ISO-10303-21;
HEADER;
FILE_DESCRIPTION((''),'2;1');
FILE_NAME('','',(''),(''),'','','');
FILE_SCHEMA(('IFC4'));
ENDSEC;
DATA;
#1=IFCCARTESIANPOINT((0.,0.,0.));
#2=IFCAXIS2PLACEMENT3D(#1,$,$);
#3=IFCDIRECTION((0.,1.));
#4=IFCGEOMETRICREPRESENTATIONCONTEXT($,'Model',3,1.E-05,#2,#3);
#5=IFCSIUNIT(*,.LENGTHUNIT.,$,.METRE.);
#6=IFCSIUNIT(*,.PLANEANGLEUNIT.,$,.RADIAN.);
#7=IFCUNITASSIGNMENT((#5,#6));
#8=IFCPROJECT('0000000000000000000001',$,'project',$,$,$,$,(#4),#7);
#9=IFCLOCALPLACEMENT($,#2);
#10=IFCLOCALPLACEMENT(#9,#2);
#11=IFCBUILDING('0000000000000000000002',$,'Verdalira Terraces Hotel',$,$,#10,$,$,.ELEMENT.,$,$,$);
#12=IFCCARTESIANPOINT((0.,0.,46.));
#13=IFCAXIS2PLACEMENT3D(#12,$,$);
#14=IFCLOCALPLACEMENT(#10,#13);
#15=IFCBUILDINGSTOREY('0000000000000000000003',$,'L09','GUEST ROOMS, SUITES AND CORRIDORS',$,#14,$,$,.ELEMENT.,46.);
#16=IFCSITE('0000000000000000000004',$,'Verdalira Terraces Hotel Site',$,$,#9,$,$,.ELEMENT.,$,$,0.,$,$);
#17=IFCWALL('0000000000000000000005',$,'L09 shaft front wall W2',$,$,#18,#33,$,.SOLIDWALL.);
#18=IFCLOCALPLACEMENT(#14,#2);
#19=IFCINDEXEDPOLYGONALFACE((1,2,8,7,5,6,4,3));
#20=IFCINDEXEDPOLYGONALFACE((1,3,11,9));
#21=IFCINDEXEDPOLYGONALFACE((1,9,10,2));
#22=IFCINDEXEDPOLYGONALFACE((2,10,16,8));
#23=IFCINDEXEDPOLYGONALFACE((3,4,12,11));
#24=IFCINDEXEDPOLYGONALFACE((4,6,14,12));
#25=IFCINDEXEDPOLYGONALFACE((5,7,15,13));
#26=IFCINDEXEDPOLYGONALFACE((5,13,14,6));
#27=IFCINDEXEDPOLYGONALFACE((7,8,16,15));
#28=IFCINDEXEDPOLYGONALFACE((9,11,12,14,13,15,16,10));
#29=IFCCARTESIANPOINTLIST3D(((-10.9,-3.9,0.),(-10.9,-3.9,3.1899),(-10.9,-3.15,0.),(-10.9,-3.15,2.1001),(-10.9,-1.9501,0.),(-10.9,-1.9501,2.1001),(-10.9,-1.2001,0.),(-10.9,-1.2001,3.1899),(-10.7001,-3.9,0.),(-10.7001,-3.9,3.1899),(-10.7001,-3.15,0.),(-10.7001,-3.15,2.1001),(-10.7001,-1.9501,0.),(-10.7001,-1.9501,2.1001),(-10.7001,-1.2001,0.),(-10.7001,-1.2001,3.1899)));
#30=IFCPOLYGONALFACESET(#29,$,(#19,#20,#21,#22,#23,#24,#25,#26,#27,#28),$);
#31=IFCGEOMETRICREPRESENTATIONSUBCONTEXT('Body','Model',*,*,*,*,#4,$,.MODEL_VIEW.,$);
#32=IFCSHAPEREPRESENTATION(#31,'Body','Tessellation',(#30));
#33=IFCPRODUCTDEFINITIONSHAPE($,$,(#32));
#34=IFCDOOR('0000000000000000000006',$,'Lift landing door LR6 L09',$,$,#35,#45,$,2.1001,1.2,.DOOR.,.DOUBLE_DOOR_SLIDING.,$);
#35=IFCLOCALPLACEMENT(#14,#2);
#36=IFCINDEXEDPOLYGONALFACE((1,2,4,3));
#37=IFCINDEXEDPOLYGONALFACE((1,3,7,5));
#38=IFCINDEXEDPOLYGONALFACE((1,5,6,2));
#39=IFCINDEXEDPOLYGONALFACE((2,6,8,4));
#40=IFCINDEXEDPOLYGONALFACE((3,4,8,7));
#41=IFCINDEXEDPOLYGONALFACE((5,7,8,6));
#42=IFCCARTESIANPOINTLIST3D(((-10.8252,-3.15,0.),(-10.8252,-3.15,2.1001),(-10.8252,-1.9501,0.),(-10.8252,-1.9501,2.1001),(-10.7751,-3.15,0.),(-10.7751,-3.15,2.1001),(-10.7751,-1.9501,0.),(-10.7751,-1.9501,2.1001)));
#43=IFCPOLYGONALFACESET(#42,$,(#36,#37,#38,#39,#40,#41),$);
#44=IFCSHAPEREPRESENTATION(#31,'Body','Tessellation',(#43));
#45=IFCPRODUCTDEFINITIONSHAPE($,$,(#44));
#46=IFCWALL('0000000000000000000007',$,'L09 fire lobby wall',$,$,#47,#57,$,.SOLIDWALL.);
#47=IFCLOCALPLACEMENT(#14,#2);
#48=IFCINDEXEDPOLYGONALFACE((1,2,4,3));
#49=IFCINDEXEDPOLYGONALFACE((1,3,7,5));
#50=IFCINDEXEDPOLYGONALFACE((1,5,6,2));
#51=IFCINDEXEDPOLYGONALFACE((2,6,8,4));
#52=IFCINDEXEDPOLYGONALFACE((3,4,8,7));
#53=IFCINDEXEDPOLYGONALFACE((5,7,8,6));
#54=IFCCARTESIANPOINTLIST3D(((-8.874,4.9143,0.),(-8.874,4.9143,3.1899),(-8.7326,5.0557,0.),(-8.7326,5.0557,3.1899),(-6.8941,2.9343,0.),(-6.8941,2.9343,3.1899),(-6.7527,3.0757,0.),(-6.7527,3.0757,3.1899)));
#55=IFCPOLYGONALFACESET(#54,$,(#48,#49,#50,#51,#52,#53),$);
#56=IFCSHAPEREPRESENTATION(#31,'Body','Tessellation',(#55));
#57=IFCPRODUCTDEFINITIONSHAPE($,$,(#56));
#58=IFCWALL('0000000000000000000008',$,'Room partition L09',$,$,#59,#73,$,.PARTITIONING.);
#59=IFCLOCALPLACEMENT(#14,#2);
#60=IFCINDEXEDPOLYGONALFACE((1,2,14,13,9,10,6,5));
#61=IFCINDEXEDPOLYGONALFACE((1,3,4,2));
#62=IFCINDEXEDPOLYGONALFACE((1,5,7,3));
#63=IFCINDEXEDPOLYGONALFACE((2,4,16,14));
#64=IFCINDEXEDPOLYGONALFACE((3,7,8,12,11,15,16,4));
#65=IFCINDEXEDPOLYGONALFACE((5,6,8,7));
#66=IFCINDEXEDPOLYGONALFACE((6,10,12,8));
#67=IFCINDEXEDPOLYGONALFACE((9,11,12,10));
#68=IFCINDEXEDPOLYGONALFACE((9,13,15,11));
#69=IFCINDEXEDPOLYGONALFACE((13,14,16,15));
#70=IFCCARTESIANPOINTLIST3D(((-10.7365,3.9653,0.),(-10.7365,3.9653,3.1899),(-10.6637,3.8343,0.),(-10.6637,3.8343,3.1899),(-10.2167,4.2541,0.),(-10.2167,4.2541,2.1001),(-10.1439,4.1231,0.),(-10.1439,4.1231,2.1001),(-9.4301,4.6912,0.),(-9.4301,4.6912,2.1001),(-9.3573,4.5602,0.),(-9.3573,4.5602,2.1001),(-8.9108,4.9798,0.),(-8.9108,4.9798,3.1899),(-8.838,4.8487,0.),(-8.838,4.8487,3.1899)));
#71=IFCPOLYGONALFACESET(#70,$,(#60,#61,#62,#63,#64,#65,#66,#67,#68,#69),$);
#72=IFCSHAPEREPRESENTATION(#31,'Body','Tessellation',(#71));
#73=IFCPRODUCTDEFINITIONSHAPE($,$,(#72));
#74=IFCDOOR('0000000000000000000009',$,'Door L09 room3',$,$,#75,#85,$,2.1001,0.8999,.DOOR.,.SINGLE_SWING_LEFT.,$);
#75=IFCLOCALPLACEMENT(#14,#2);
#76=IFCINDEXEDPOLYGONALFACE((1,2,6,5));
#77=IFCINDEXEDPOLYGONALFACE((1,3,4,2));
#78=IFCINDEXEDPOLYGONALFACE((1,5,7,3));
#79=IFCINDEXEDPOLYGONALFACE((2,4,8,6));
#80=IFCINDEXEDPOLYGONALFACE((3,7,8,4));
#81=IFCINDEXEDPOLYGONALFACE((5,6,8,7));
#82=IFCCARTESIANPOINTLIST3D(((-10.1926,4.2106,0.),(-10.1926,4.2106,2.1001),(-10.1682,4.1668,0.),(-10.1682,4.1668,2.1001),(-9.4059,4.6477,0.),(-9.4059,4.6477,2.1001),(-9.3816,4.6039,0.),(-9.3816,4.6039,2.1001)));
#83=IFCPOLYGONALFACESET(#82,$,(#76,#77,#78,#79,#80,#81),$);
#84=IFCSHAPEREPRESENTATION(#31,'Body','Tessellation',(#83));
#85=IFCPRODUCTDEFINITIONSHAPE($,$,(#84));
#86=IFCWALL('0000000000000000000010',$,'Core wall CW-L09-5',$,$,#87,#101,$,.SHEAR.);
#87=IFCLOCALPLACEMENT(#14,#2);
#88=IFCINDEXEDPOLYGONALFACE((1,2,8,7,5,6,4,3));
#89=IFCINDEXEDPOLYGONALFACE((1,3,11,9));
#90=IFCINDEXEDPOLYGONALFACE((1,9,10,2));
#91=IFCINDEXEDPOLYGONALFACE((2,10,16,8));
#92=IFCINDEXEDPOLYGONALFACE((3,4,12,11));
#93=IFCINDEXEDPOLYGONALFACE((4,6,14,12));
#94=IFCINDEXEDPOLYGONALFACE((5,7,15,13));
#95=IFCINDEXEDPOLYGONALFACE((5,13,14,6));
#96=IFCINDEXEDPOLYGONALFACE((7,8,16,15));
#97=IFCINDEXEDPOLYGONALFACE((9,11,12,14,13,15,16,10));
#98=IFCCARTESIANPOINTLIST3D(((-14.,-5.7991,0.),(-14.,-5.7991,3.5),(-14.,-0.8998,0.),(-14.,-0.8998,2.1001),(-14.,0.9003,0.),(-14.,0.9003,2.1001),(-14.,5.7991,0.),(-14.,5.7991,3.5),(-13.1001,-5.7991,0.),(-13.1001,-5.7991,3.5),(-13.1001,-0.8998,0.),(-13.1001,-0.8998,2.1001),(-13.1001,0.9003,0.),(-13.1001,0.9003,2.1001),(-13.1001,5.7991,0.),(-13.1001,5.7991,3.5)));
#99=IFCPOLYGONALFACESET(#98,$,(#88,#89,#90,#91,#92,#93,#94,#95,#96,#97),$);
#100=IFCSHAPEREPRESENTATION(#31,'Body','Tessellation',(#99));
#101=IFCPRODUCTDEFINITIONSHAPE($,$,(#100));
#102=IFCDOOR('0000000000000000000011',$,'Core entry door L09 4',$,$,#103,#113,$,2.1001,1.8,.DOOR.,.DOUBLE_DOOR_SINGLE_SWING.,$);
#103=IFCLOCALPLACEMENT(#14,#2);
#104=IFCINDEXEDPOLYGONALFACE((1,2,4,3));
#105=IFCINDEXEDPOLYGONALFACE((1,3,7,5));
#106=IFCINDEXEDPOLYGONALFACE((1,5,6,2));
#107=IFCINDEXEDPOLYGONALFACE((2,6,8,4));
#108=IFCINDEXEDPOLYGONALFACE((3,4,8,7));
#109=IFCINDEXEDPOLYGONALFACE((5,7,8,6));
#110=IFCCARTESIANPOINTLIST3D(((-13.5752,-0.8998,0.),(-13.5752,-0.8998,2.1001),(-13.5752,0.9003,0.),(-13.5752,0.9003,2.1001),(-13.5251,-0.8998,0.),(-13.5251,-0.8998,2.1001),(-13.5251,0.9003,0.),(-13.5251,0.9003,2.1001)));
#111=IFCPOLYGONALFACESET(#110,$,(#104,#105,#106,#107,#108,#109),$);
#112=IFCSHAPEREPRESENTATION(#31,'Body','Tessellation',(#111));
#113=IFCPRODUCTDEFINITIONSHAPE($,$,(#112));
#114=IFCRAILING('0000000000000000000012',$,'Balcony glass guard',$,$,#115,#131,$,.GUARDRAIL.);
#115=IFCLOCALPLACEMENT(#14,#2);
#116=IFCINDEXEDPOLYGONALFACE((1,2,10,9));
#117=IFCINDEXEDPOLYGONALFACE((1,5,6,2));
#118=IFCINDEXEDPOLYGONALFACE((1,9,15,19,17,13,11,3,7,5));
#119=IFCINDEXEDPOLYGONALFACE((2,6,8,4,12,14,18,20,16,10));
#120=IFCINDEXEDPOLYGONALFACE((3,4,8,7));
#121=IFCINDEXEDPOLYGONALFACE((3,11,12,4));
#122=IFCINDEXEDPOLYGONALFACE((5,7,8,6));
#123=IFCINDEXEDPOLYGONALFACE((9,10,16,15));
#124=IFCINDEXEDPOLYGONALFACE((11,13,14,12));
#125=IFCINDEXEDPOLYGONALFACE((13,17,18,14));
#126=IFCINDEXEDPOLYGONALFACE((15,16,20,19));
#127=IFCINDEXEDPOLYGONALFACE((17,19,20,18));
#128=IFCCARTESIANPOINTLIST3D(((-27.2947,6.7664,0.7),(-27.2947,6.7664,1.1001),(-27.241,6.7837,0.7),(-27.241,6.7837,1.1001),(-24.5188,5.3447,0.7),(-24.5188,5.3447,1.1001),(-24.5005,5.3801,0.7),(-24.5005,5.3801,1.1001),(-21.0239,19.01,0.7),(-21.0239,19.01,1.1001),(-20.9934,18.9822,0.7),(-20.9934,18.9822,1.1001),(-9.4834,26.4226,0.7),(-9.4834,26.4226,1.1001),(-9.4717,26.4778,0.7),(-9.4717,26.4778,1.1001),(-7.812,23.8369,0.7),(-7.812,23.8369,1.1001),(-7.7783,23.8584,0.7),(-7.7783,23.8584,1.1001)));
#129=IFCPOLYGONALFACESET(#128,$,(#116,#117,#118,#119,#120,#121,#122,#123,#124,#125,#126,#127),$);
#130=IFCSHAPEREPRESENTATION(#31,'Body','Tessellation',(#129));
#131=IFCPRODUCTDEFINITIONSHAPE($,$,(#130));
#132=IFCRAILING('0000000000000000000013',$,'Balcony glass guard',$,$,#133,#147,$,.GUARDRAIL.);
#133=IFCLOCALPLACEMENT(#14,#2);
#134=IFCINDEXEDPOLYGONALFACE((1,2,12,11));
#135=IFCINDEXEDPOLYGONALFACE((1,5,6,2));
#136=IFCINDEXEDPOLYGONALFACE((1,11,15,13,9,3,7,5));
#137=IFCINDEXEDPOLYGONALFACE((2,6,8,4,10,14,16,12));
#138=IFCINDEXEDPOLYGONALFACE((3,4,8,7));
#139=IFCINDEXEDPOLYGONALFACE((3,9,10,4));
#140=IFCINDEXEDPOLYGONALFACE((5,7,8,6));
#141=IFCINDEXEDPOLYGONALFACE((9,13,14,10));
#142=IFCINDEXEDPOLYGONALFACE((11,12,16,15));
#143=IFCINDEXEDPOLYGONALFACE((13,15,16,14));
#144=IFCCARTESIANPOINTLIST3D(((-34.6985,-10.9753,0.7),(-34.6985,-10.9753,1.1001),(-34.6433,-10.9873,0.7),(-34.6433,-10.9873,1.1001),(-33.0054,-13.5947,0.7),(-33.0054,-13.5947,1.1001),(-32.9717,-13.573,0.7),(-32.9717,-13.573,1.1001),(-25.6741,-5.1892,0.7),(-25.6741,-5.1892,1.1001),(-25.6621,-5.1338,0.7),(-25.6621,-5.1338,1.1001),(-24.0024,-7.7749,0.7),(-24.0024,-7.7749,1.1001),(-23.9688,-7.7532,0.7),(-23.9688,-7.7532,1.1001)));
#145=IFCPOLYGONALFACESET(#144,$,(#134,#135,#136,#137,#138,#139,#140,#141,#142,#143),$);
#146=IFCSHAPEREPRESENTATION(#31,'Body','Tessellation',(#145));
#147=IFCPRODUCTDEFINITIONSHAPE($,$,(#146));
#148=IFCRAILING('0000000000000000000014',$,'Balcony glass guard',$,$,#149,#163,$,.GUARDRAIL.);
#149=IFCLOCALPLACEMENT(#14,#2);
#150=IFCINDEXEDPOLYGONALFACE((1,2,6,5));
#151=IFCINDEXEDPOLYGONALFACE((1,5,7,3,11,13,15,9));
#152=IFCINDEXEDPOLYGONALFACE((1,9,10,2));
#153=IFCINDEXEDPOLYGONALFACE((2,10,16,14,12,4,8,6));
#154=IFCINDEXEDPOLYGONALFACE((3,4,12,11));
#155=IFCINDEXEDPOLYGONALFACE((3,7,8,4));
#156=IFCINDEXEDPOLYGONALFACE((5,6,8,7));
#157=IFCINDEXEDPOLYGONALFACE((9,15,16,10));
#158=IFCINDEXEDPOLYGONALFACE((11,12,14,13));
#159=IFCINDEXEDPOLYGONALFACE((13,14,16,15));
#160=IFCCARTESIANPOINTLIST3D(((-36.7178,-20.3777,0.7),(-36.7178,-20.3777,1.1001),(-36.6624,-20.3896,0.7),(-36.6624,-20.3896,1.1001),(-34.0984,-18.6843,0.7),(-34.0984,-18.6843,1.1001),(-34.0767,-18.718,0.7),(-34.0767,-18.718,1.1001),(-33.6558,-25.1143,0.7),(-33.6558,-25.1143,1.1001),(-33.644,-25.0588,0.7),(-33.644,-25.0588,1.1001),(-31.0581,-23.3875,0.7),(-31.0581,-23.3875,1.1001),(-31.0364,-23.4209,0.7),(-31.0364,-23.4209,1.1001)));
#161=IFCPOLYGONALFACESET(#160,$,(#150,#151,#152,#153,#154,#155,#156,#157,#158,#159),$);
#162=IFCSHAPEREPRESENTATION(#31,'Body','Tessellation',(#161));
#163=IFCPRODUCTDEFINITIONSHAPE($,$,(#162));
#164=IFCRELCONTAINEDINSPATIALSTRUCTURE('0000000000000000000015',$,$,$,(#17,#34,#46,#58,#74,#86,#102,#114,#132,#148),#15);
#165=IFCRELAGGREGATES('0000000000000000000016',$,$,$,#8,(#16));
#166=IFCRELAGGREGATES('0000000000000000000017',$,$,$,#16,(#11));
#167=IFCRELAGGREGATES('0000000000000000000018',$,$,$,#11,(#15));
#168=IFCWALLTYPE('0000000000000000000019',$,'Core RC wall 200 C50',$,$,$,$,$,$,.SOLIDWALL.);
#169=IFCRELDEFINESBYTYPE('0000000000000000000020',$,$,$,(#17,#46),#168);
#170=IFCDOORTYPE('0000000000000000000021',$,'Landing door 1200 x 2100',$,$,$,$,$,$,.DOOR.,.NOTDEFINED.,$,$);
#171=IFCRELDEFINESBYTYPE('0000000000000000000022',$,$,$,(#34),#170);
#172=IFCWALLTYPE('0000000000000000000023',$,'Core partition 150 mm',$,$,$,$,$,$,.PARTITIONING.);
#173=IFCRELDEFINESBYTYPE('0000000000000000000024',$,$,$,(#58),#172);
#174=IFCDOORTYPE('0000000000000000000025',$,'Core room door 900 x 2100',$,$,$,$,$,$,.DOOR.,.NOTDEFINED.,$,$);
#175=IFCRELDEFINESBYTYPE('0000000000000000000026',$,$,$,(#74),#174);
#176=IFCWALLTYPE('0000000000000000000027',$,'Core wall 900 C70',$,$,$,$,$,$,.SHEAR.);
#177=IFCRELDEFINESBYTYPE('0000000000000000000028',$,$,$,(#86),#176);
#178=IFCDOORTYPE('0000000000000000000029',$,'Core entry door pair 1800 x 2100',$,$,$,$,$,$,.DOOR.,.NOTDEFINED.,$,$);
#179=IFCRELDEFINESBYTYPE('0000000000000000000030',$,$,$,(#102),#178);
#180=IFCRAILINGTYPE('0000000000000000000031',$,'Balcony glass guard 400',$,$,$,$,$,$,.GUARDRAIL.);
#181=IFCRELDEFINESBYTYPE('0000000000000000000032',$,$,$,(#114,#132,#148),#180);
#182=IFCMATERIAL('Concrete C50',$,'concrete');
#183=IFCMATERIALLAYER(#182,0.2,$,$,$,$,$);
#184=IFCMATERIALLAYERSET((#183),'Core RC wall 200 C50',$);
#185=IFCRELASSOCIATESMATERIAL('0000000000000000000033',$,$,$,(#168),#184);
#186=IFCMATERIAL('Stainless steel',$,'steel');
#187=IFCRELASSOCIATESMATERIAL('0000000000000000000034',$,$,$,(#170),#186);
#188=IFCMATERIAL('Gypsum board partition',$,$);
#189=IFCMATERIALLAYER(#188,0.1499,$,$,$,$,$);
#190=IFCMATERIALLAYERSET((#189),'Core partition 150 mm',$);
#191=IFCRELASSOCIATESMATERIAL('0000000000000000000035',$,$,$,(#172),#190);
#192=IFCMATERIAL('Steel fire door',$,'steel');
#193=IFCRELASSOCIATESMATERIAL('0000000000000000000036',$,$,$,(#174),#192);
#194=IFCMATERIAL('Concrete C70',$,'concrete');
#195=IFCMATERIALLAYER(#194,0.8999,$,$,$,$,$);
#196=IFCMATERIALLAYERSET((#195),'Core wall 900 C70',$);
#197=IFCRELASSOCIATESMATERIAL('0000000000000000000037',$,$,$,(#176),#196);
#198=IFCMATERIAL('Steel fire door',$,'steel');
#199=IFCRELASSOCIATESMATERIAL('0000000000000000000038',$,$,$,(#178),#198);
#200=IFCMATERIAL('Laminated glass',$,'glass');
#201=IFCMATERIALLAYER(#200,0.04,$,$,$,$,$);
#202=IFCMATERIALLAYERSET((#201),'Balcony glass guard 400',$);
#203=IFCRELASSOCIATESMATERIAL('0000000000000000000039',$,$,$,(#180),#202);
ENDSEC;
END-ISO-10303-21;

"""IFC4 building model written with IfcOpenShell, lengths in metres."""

from ifc_helpers import new_model, si_unit, direction, frame, frame_2d, origin, place, context, subcontext, project, spatial, polyline, rectangle, outline, extrude, material, layer, layer_set, type_object, element, fill, save


model = new_model("IFC4")

# Units and contexts
model_context = context("Model", 3, precision=1e-05, world=origin(), true_north=direction((0.0, 1.0)))
body_context = subcontext(model_context, "Body", "Model", "MODEL_VIEW")
ifc_project = project(units=[si_unit("LENGTHUNIT", "METRE"), si_unit("PLANEANGLEUNIT", "RADIAN")], contexts=[model_context])

# Site, building, storey
site_placement = place(None, origin())
site = spatial("IfcSite", under=ifc_project, at=site_placement, Name="Verdalira Terraces Hotel Site", CompositionType="ELEMENT", RefElevation=0.0)
building_placement = place(site_placement, origin())
building = spatial("IfcBuilding", under=site, at=building_placement, Name="Verdalira Terraces Hotel", CompositionType="ELEMENT")
storey_placement = place(building_placement, frame((0.0, 0.0, 46.0)))
storey = spatial("IfcBuildingStorey", under=building, at=storey_placement, Name="L09", Description="GUEST ROOMS, SUITES AND CORRIDORS", CompositionType="ELEMENT", Elevation=46.0)

# Wall, opening, door
ifc_material_1 = material(Name="Concrete C50", Category="concrete")
ifc_layer_1 = layer(ifc_material_1, 0.2)
ifc_layer_set_1 = layer_set([ifc_layer_1], Name="Core RC wall 200 C50")
wall_type_1 = type_object("IfcWallType", Name="Core RC wall 200 C50", PredefinedType="SOLIDWALL", material=ifc_layer_set_1)
ifc_material_2 = material(Name="Stainless steel", Category="steel")
door_type_1 = type_object("IfcDoorType", Name="Landing door 1200 x 2100", OperationType="NOTDEFINED", PredefinedType="DOOR", material=ifc_material_2)
wall_1_placement = place(storey_placement, frame((-10.8, -1.2, 0.0), z_axis=(0.0, 0.0, 1.0), x_axis=(0.0, -1.0, 0.0)))
wall_1 = element("IfcWall", 1, at=wall_1_placement, inside=storey, type_object=wall_type_1, Name="L09 shaft front wall W2", PredefinedType="SOLIDWALL", context=body_context, shape_type="SweptSolid", body=[
    extrude(rectangle(XDim=2.7, YDim=0.2, at=frame_2d((1.3501, 0.0))), origin(), (0.0, 0.0, 1.0), 3.1899),
])
opening_1_placement = place(wall_1_placement, frame((0.75, 0.0, 0.0)))
opening_1 = element("IfcOpeningElement", 2, at=opening_1_placement, cuts=wall_1, PredefinedType="OPENING", context=body_context, shape_type="SweptSolid", body=[
    extrude(rectangle(XDim=1.2, YDim=2.1001, at=frame_2d((0.6001, 1.05))), frame((0.0, 0.1099, 0.0), z_axis=(0.0, -1.0, 0.0), x_axis=(1.0, 0.0, 0.0)), (0.0, 0.0, 1.0), 0.22),
])
door_1_placement = place(opening_1_placement, origin())
door_1 = element("IfcDoor", 3, at=door_1_placement, inside=storey, type_object=door_type_1, Name="Lift landing door LR6 L09", OperationType="DOUBLE_DOOR_SLIDING", OverallHeight=2.1001, OverallWidth=1.2, PredefinedType="DOOR", context=body_context, shape_type="SweptSolid", body=[
    extrude(rectangle(XDim=1.2, YDim=2.1001, at=frame_2d((0.6001, 1.05))), frame((0.0, 0.0249, 0.0), z_axis=(0.0, -1.0, 0.0), x_axis=(1.0, 0.0, 0.0)), (0.0, 0.0, 1.0), 0.05),
])
fill(opening_1, door_1)

# Wall
wall_2_placement = place(storey_placement, frame((-6.8235, 3.0051, 0.0), z_axis=(0.0, 0.0, 1.0), x_axis=(-0.707107, 0.707107, 0.0)))
element("IfcWall", 4, at=wall_2_placement, inside=storey, type_object=wall_type_1, Name="L09 fire lobby wall", PredefinedType="SOLIDWALL", context=body_context, shape_type="SweptSolid", body=[
    extrude(rectangle(XDim=2.8, YDim=0.2, at=frame_2d((1.3999, 0.0))), origin(), (0.0, 0.0, 1.0), 3.1899),
])

# Walls, openings, doors
ifc_material_3 = material(Name="Gypsum board partition")
ifc_layer_2 = layer(ifc_material_3, 0.1499)
ifc_layer_set_2 = layer_set([ifc_layer_2], Name="Core partition 150 mm")
wall_type_2 = type_object("IfcWallType", Name="Core partition 150 mm", PredefinedType="PARTITIONING", material=ifc_layer_set_2)
wall_3_placement = place(storey_placement, frame((-8.8743, 4.9143, 0.0), z_axis=(0.0, 0.0, 1.0), x_axis=(-0.87413, -0.485693, 0.0)))
wall_3 = element("IfcWall", 5, at=wall_3_placement, inside=storey, type_object=wall_type_2, Name="Room partition L09", PredefinedType="PARTITIONING", context=body_context, shape_type="SweptSolid", body=[
    extrude(rectangle(XDim=2.0886, YDim=0.1499, at=frame_2d((1.0444, 0.0))), origin(), (0.0, 0.0, 1.0), 3.1899),
])
opening_2_placement = place(wall_3_placement, frame((0.5942, 0.0, 0.0)))
opening_2 = element("IfcOpeningElement", 6, at=opening_2_placement, cuts=wall_3, PredefinedType="OPENING", context=body_context, shape_type="SweptSolid", body=[
    extrude(rectangle(XDim=0.8999, YDim=2.1001, at=frame_2d((0.45, 1.05))), frame((0.0, 0.085, 0.0), z_axis=(0.0, -1.0, 0.0), x_axis=(1.0, 0.0, 0.0)), (0.0, 0.0, 1.0), 0.1699),
])
ifc_material_4 = material(Name="Steel fire door", Category="steel")
door_type_2 = type_object("IfcDoorType", Name="Core room door 900 x 2100", OperationType="NOTDEFINED", PredefinedType="DOOR", material=ifc_material_4)
door_2_placement = place(opening_2_placement, origin())
door_2 = element("IfcDoor", 7, at=door_2_placement, inside=storey, type_object=door_type_2, Name="Door L09 room3", OperationType="SINGLE_SWING_LEFT", OverallHeight=2.1001, OverallWidth=0.8999, PredefinedType="DOOR", context=body_context, shape_type="SweptSolid", body=[
    extrude(rectangle(XDim=0.8999, YDim=2.1001, at=frame_2d((0.45, 1.05))), frame((0.0, 0.0249, 0.0), z_axis=(0.0, -1.0, 0.0), x_axis=(1.0, 0.0, 0.0)), (0.0, 0.0, 1.0), 0.05),
])
fill(opening_2, door_2)
ifc_material_5 = material(Name="Concrete C70", Category="concrete")
ifc_layer_3 = layer(ifc_material_5, 0.8999)
ifc_layer_set_3 = layer_set([ifc_layer_3], Name="Core wall 900 C70")
wall_type_3 = type_object("IfcWallType", Name="Core wall 900 C70", PredefinedType="SHEAR", material=ifc_layer_set_3)
wall_4_placement = place(storey_placement, frame((-13.55, 5.7991, 0.0), z_axis=(0.0, 0.0, 1.0), x_axis=(0.0, -1.0, 0.0)))
wall_4 = element("IfcWall", 8, at=wall_4_placement, inside=storey, type_object=wall_type_3, Name="Core wall CW-L09-5", PredefinedType="SHEAR", context=body_context, shape_type="SweptSolid", body=[
    extrude(rectangle(XDim=11.5981, YDim=0.8999, at=frame_2d((5.7991, 0.0))), origin(), (0.0, 0.0, 1.0), 3.5),
])
opening_3_placement = place(wall_4_placement, frame((4.8989, 0.0, 0.0)))
opening_3 = element("IfcOpeningElement", 9, at=opening_3_placement, cuts=wall_4, PredefinedType="OPENING", context=body_context, shape_type="SweptSolid", body=[
    extrude(rectangle(XDim=1.8, YDim=2.1001, at=frame_2d((0.8999, 1.05))), frame((0.0, 0.46, 0.0), z_axis=(0.0, -1.0, 0.0), x_axis=(1.0, 0.0, 0.0)), (0.0, 0.0, 1.0), 0.9199),
])
ifc_material_6 = material(Name="Steel fire door", Category="steel")
door_type_3 = type_object("IfcDoorType", Name="Core entry door pair 1800 x 2100", OperationType="NOTDEFINED", PredefinedType="DOOR", material=ifc_material_6)
door_3_placement = place(opening_3_placement, origin())
door_3 = element("IfcDoor", 10, at=door_3_placement, inside=storey, type_object=door_type_3, Name="Core entry door L09 4", OperationType="DOUBLE_DOOR_SINGLE_SWING", OverallHeight=2.1001, OverallWidth=1.8, PredefinedType="DOOR", context=body_context, shape_type="SweptSolid", body=[
    extrude(rectangle(XDim=1.8, YDim=2.1001, at=frame_2d((0.8999, 1.05))), frame((0.0, 0.0249, 0.0), z_axis=(0.0, -1.0, 0.0), x_axis=(1.0, 0.0, 0.0)), (0.0, 0.0, 1.0), 0.05),
])
fill(opening_3, door_3)

# Railings
ifc_material_7 = material(Name="Laminated glass", Category="glass")
ifc_layer_4 = layer(ifc_material_7, 0.04)
ifc_layer_set_4 = layer_set([ifc_layer_4], Name="Balcony glass guard 400")
railing_type = type_object("IfcRailingType", Name="Balcony glass guard 400", PredefinedType="GUARDRAIL", material=ifc_layer_set_4)
railing_1_placement = place(storey_placement, frame((0.0, 0.0, 0.7)))
element("IfcRailing", 11, at=railing_1_placement, inside=storey, type_object=railing_type, Name="Balcony glass guard", PredefinedType="GUARDRAIL", context=body_context, shape_type="SweptSolid", body=[
    extrude(outline(polyline([(-9.4834, 26.4226), (-20.9934, 18.9822), (-27.241, 6.7837), (-24.5005, 5.3801), (-24.5188, 5.3447), (-27.2947, 6.7664), (-21.0239, 19.01), (-9.4717, 26.4778), (-7.7783, 23.8584), (-7.812, 23.8369), (-9.4834, 26.4226)])), origin(), (0.0, 0.0, 1.0), 0.4001),
])
railing_2_placement = place(storey_placement, frame((0.0, 0.0, 0.7)))
element("IfcRailing", 12, at=railing_2_placement, inside=storey, type_object=railing_type, Name="Balcony glass guard", PredefinedType="GUARDRAIL", context=body_context, shape_type="SweptSolid", body=[
    extrude(outline(polyline([(-25.6741, -5.1892), (-34.6433, -10.9873), (-32.9717, -13.573), (-33.0054, -13.5947), (-34.6985, -10.9753), (-25.6621, -5.1338), (-23.9688, -7.7532), (-24.0024, -7.7749), (-25.6741, -5.1892)])), origin(), (0.0, 0.0, 1.0), 0.4001),
])
railing_3_placement = place(storey_placement, frame((0.0, 0.0, 0.7)))
element("IfcRailing", 13, at=railing_3_placement, inside=storey, type_object=railing_type, Name="Balcony glass guard", PredefinedType="GUARDRAIL", context=body_context, shape_type="SweptSolid", body=[
    extrude(outline(polyline([(-36.6624, -20.3896), (-33.644, -25.0588), (-31.0581, -23.3875), (-31.0364, -23.4209), (-33.6558, -25.1143), (-36.7178, -20.3777), (-34.0984, -18.6843), (-34.0767, -18.718), (-36.6624, -20.3896)])), origin(), (0.0, 0.0, 1.0), 0.4001),
])

save(model, "model.ifc")
